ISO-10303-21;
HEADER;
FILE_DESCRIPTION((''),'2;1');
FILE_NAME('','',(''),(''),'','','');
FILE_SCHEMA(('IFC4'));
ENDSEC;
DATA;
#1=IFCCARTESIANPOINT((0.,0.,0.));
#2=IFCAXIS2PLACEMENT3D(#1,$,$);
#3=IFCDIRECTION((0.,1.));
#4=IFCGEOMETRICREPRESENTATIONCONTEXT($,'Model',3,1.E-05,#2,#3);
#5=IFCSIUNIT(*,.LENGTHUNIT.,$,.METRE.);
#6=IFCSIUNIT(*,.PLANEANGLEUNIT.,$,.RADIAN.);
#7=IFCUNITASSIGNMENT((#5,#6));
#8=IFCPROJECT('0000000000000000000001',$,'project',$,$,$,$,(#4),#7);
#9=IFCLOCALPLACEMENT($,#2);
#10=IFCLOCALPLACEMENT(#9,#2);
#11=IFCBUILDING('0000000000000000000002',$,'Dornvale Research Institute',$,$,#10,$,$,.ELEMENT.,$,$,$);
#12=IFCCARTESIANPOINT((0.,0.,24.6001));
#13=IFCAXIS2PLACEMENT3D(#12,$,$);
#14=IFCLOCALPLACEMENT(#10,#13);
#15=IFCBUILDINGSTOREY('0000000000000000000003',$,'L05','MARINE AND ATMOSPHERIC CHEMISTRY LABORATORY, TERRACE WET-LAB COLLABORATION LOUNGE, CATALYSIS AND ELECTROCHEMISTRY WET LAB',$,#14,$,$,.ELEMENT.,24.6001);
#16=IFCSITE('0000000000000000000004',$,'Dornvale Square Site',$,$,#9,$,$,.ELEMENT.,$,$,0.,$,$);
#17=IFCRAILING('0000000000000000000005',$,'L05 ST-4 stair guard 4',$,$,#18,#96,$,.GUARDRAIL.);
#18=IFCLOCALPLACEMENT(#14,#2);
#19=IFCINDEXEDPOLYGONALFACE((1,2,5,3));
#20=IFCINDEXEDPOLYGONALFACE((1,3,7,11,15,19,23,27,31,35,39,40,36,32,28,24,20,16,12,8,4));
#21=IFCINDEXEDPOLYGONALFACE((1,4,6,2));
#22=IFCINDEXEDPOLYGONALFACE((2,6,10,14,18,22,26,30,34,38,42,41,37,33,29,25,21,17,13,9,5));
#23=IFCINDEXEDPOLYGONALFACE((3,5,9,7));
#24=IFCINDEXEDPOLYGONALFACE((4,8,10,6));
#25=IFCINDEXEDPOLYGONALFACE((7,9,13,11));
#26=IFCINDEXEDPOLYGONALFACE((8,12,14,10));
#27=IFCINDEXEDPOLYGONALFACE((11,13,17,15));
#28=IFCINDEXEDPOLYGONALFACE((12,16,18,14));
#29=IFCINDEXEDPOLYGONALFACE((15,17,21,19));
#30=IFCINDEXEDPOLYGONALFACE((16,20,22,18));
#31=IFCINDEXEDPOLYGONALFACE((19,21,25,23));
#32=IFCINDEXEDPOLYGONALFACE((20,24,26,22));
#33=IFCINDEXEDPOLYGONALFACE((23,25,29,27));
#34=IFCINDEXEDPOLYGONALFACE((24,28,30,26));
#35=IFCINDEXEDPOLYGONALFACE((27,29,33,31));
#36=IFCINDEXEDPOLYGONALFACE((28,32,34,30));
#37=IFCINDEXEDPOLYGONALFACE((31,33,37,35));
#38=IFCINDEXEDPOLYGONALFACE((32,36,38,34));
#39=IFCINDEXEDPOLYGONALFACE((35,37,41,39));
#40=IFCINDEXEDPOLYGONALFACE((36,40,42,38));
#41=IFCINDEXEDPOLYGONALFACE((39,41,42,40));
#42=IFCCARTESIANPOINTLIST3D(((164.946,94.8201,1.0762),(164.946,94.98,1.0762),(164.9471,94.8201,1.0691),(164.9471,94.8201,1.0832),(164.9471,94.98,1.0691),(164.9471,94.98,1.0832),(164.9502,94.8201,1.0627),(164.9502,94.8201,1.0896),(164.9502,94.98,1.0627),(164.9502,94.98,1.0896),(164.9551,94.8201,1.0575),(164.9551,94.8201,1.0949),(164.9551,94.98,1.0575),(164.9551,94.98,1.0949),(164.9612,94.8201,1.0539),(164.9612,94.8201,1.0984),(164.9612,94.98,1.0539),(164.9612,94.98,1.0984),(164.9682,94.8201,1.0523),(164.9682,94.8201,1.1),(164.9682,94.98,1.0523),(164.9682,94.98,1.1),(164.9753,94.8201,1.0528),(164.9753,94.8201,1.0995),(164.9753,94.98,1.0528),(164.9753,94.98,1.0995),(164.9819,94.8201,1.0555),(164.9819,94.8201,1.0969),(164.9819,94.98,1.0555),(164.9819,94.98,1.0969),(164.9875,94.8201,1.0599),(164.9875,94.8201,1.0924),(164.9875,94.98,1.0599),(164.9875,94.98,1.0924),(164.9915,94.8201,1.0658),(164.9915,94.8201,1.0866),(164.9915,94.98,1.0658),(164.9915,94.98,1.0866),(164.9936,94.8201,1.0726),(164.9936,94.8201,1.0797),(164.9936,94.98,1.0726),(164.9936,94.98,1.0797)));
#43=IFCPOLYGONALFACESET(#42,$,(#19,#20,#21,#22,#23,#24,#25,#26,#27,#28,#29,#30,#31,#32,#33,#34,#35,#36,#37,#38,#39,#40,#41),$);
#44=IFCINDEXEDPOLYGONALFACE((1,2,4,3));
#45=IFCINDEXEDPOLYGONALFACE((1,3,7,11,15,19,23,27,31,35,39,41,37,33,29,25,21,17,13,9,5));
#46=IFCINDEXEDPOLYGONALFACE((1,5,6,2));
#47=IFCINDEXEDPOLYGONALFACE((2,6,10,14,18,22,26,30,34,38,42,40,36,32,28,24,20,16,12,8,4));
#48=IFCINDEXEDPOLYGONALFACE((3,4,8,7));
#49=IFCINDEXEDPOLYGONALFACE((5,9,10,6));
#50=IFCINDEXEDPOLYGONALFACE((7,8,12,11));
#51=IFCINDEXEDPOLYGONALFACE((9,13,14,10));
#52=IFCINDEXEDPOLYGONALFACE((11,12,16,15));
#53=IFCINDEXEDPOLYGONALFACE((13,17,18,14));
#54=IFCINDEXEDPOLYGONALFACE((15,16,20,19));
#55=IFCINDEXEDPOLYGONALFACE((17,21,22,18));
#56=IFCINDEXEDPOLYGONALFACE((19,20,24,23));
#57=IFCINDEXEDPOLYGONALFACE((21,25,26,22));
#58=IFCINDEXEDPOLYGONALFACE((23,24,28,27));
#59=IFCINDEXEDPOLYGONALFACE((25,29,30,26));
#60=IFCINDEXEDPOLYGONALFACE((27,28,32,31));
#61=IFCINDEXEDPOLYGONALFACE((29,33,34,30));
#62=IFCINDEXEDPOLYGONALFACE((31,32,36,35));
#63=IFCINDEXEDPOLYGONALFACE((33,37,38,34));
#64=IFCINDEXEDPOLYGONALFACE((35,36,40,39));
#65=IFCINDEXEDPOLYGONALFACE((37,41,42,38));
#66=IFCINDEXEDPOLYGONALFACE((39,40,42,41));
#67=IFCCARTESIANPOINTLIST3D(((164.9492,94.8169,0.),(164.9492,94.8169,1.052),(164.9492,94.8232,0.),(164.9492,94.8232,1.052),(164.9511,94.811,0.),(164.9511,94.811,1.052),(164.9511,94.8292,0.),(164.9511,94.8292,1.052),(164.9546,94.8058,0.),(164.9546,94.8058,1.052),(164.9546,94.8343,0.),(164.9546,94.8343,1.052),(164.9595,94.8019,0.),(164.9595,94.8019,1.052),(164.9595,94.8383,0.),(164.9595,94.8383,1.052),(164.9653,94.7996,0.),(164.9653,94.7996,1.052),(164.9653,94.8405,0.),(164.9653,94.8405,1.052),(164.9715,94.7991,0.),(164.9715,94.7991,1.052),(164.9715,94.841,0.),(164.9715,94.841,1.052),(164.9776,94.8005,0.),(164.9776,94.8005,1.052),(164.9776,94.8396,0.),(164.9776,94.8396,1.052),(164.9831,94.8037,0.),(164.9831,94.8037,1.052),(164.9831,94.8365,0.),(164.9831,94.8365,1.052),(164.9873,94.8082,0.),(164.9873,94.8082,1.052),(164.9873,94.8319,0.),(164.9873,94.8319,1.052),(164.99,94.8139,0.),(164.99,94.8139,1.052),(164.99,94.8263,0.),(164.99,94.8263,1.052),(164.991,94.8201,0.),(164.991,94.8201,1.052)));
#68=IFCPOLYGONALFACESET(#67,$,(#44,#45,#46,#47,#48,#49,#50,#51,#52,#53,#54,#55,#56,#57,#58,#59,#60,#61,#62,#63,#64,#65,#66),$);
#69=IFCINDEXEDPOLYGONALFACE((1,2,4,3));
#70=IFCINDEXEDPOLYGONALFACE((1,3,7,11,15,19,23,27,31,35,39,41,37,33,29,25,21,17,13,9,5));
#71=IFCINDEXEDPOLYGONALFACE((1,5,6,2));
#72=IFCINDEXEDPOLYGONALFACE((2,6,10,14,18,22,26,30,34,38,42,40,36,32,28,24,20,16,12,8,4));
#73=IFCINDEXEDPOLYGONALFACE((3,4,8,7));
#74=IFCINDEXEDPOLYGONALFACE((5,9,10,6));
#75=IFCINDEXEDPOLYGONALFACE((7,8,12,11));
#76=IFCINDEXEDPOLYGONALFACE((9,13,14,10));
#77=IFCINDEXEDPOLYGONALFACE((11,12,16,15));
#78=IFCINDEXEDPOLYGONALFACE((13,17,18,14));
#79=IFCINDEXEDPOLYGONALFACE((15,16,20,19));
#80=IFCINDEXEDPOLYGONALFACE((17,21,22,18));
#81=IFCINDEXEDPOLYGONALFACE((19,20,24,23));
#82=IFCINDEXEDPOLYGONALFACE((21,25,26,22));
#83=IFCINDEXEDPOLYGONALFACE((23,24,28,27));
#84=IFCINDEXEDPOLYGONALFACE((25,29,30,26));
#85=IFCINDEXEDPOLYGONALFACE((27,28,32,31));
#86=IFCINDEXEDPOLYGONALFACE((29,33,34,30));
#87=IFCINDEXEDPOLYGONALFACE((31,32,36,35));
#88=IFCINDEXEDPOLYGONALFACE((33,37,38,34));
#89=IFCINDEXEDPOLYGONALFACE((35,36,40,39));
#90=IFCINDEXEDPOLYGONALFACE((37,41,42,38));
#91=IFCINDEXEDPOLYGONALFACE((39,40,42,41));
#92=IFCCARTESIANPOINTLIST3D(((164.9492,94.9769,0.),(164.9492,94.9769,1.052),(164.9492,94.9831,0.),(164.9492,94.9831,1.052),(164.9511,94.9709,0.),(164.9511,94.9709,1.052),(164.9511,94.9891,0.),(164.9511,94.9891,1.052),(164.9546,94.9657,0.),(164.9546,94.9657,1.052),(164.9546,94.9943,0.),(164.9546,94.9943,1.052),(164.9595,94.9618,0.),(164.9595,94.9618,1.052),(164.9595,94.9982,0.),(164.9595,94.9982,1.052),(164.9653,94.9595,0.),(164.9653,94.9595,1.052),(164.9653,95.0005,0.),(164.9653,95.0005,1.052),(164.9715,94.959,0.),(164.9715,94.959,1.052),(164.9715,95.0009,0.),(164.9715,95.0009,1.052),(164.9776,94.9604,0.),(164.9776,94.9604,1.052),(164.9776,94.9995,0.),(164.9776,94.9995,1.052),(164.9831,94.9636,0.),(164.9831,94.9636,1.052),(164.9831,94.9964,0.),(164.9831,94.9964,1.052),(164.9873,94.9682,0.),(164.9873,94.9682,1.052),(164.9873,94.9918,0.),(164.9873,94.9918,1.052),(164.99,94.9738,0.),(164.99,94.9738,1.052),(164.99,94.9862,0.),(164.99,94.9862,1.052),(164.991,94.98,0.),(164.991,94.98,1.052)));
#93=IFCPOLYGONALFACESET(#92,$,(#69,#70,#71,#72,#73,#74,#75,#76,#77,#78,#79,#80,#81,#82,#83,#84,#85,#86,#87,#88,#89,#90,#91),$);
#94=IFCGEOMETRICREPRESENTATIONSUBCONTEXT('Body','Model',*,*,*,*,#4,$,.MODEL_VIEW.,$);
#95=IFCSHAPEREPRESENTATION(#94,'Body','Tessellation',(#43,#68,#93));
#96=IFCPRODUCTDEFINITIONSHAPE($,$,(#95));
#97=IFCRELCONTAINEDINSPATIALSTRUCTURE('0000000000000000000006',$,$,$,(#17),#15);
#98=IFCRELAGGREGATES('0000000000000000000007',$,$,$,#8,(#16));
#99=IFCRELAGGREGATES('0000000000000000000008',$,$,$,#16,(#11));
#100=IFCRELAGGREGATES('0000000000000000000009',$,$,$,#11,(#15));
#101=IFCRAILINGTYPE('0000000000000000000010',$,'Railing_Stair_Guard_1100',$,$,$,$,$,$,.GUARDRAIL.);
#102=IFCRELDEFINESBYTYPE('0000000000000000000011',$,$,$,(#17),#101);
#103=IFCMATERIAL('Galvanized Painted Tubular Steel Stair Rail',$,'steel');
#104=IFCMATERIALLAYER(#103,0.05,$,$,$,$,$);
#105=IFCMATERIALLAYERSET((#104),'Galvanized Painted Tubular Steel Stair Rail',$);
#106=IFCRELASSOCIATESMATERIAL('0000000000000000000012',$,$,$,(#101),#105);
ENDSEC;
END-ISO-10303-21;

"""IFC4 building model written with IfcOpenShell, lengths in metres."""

from ifc_helpers import new_model, si_unit, direction, frame, origin, origin_2d, place, context, subcontext, project, spatial, circle, extrude, material, layer, layer_set, type_object, element, save


model = new_model("IFC4")

# Units and contexts
model_context = context("Model", 3, precision=1e-05, world=origin(), true_north=direction((0.0, 1.0)))
body_context = subcontext(model_context, "Body", "Model", "MODEL_VIEW")
ifc_project = project(units=[si_unit("LENGTHUNIT", "METRE"), si_unit("PLANEANGLEUNIT", "RADIAN")], contexts=[model_context])

# Site, building, storey
site_placement = place(None, origin())
site = spatial("IfcSite", under=ifc_project, at=site_placement, Name="Dornvale Square Site", CompositionType="ELEMENT", RefElevation=0.0)
building_placement = place(site_placement, origin())
building = spatial("IfcBuilding", under=site, at=building_placement, Name="Dornvale Research Institute", CompositionType="ELEMENT")
storey_placement = place(building_placement, frame((0.0, 0.0, 24.6001)))
storey = spatial("IfcBuildingStorey", under=building, at=storey_placement, Name="L05", Description="MARINE AND ATMOSPHERIC CHEMISTRY LABORATORY, TERRACE WET-LAB COLLABORATION LOUNGE, CATALYSIS AND ELECTROCHEMISTRY WET LAB", CompositionType="ELEMENT", Elevation=24.6001)

# Railing
ifc_material_1 = material(Name="Galvanized Painted Tubular Steel Stair Rail", Category="steel")
ifc_layer_1 = layer(ifc_material_1, 0.05)
ifc_layer_set_1 = layer_set([ifc_layer_1], Name="Galvanized Painted Tubular Steel Stair Rail")
railing_type_1 = type_object("IfcRailingType", Name="Railing_Stair_Guard_1100", PredefinedType="GUARDRAIL", material=ifc_layer_set_1)
railing_1_placement = place(storey_placement, frame((164.97, 94.8201, 0.0)))
element("IfcRailing", 1, at=railing_1_placement, inside=storey, type_object=railing_type_1, Name="L05 ST-4 stair guard 4", PredefinedType="GUARDRAIL", context=body_context, shape_type="SweptSolid", body=[
    extrude(circle(Radius=0.0239, at=origin_2d()), frame((0.0, 0.0, 1.0762), z_axis=(0.0, 1.0, 0.0), x_axis=(-1.0, 0.0, 0.0)), (0.0, 0.0, 1.0), 0.1599),
    extrude(circle(Radius=0.021, at=origin_2d()), origin(), (0.0, 0.0, 1.0), 1.052),
    extrude(circle(Radius=0.021, at=origin_2d()), frame((0.0, 0.1599, 0.0)), (0.0, 0.0, 1.0), 1.052),
])

save(model, "model.ifc")
